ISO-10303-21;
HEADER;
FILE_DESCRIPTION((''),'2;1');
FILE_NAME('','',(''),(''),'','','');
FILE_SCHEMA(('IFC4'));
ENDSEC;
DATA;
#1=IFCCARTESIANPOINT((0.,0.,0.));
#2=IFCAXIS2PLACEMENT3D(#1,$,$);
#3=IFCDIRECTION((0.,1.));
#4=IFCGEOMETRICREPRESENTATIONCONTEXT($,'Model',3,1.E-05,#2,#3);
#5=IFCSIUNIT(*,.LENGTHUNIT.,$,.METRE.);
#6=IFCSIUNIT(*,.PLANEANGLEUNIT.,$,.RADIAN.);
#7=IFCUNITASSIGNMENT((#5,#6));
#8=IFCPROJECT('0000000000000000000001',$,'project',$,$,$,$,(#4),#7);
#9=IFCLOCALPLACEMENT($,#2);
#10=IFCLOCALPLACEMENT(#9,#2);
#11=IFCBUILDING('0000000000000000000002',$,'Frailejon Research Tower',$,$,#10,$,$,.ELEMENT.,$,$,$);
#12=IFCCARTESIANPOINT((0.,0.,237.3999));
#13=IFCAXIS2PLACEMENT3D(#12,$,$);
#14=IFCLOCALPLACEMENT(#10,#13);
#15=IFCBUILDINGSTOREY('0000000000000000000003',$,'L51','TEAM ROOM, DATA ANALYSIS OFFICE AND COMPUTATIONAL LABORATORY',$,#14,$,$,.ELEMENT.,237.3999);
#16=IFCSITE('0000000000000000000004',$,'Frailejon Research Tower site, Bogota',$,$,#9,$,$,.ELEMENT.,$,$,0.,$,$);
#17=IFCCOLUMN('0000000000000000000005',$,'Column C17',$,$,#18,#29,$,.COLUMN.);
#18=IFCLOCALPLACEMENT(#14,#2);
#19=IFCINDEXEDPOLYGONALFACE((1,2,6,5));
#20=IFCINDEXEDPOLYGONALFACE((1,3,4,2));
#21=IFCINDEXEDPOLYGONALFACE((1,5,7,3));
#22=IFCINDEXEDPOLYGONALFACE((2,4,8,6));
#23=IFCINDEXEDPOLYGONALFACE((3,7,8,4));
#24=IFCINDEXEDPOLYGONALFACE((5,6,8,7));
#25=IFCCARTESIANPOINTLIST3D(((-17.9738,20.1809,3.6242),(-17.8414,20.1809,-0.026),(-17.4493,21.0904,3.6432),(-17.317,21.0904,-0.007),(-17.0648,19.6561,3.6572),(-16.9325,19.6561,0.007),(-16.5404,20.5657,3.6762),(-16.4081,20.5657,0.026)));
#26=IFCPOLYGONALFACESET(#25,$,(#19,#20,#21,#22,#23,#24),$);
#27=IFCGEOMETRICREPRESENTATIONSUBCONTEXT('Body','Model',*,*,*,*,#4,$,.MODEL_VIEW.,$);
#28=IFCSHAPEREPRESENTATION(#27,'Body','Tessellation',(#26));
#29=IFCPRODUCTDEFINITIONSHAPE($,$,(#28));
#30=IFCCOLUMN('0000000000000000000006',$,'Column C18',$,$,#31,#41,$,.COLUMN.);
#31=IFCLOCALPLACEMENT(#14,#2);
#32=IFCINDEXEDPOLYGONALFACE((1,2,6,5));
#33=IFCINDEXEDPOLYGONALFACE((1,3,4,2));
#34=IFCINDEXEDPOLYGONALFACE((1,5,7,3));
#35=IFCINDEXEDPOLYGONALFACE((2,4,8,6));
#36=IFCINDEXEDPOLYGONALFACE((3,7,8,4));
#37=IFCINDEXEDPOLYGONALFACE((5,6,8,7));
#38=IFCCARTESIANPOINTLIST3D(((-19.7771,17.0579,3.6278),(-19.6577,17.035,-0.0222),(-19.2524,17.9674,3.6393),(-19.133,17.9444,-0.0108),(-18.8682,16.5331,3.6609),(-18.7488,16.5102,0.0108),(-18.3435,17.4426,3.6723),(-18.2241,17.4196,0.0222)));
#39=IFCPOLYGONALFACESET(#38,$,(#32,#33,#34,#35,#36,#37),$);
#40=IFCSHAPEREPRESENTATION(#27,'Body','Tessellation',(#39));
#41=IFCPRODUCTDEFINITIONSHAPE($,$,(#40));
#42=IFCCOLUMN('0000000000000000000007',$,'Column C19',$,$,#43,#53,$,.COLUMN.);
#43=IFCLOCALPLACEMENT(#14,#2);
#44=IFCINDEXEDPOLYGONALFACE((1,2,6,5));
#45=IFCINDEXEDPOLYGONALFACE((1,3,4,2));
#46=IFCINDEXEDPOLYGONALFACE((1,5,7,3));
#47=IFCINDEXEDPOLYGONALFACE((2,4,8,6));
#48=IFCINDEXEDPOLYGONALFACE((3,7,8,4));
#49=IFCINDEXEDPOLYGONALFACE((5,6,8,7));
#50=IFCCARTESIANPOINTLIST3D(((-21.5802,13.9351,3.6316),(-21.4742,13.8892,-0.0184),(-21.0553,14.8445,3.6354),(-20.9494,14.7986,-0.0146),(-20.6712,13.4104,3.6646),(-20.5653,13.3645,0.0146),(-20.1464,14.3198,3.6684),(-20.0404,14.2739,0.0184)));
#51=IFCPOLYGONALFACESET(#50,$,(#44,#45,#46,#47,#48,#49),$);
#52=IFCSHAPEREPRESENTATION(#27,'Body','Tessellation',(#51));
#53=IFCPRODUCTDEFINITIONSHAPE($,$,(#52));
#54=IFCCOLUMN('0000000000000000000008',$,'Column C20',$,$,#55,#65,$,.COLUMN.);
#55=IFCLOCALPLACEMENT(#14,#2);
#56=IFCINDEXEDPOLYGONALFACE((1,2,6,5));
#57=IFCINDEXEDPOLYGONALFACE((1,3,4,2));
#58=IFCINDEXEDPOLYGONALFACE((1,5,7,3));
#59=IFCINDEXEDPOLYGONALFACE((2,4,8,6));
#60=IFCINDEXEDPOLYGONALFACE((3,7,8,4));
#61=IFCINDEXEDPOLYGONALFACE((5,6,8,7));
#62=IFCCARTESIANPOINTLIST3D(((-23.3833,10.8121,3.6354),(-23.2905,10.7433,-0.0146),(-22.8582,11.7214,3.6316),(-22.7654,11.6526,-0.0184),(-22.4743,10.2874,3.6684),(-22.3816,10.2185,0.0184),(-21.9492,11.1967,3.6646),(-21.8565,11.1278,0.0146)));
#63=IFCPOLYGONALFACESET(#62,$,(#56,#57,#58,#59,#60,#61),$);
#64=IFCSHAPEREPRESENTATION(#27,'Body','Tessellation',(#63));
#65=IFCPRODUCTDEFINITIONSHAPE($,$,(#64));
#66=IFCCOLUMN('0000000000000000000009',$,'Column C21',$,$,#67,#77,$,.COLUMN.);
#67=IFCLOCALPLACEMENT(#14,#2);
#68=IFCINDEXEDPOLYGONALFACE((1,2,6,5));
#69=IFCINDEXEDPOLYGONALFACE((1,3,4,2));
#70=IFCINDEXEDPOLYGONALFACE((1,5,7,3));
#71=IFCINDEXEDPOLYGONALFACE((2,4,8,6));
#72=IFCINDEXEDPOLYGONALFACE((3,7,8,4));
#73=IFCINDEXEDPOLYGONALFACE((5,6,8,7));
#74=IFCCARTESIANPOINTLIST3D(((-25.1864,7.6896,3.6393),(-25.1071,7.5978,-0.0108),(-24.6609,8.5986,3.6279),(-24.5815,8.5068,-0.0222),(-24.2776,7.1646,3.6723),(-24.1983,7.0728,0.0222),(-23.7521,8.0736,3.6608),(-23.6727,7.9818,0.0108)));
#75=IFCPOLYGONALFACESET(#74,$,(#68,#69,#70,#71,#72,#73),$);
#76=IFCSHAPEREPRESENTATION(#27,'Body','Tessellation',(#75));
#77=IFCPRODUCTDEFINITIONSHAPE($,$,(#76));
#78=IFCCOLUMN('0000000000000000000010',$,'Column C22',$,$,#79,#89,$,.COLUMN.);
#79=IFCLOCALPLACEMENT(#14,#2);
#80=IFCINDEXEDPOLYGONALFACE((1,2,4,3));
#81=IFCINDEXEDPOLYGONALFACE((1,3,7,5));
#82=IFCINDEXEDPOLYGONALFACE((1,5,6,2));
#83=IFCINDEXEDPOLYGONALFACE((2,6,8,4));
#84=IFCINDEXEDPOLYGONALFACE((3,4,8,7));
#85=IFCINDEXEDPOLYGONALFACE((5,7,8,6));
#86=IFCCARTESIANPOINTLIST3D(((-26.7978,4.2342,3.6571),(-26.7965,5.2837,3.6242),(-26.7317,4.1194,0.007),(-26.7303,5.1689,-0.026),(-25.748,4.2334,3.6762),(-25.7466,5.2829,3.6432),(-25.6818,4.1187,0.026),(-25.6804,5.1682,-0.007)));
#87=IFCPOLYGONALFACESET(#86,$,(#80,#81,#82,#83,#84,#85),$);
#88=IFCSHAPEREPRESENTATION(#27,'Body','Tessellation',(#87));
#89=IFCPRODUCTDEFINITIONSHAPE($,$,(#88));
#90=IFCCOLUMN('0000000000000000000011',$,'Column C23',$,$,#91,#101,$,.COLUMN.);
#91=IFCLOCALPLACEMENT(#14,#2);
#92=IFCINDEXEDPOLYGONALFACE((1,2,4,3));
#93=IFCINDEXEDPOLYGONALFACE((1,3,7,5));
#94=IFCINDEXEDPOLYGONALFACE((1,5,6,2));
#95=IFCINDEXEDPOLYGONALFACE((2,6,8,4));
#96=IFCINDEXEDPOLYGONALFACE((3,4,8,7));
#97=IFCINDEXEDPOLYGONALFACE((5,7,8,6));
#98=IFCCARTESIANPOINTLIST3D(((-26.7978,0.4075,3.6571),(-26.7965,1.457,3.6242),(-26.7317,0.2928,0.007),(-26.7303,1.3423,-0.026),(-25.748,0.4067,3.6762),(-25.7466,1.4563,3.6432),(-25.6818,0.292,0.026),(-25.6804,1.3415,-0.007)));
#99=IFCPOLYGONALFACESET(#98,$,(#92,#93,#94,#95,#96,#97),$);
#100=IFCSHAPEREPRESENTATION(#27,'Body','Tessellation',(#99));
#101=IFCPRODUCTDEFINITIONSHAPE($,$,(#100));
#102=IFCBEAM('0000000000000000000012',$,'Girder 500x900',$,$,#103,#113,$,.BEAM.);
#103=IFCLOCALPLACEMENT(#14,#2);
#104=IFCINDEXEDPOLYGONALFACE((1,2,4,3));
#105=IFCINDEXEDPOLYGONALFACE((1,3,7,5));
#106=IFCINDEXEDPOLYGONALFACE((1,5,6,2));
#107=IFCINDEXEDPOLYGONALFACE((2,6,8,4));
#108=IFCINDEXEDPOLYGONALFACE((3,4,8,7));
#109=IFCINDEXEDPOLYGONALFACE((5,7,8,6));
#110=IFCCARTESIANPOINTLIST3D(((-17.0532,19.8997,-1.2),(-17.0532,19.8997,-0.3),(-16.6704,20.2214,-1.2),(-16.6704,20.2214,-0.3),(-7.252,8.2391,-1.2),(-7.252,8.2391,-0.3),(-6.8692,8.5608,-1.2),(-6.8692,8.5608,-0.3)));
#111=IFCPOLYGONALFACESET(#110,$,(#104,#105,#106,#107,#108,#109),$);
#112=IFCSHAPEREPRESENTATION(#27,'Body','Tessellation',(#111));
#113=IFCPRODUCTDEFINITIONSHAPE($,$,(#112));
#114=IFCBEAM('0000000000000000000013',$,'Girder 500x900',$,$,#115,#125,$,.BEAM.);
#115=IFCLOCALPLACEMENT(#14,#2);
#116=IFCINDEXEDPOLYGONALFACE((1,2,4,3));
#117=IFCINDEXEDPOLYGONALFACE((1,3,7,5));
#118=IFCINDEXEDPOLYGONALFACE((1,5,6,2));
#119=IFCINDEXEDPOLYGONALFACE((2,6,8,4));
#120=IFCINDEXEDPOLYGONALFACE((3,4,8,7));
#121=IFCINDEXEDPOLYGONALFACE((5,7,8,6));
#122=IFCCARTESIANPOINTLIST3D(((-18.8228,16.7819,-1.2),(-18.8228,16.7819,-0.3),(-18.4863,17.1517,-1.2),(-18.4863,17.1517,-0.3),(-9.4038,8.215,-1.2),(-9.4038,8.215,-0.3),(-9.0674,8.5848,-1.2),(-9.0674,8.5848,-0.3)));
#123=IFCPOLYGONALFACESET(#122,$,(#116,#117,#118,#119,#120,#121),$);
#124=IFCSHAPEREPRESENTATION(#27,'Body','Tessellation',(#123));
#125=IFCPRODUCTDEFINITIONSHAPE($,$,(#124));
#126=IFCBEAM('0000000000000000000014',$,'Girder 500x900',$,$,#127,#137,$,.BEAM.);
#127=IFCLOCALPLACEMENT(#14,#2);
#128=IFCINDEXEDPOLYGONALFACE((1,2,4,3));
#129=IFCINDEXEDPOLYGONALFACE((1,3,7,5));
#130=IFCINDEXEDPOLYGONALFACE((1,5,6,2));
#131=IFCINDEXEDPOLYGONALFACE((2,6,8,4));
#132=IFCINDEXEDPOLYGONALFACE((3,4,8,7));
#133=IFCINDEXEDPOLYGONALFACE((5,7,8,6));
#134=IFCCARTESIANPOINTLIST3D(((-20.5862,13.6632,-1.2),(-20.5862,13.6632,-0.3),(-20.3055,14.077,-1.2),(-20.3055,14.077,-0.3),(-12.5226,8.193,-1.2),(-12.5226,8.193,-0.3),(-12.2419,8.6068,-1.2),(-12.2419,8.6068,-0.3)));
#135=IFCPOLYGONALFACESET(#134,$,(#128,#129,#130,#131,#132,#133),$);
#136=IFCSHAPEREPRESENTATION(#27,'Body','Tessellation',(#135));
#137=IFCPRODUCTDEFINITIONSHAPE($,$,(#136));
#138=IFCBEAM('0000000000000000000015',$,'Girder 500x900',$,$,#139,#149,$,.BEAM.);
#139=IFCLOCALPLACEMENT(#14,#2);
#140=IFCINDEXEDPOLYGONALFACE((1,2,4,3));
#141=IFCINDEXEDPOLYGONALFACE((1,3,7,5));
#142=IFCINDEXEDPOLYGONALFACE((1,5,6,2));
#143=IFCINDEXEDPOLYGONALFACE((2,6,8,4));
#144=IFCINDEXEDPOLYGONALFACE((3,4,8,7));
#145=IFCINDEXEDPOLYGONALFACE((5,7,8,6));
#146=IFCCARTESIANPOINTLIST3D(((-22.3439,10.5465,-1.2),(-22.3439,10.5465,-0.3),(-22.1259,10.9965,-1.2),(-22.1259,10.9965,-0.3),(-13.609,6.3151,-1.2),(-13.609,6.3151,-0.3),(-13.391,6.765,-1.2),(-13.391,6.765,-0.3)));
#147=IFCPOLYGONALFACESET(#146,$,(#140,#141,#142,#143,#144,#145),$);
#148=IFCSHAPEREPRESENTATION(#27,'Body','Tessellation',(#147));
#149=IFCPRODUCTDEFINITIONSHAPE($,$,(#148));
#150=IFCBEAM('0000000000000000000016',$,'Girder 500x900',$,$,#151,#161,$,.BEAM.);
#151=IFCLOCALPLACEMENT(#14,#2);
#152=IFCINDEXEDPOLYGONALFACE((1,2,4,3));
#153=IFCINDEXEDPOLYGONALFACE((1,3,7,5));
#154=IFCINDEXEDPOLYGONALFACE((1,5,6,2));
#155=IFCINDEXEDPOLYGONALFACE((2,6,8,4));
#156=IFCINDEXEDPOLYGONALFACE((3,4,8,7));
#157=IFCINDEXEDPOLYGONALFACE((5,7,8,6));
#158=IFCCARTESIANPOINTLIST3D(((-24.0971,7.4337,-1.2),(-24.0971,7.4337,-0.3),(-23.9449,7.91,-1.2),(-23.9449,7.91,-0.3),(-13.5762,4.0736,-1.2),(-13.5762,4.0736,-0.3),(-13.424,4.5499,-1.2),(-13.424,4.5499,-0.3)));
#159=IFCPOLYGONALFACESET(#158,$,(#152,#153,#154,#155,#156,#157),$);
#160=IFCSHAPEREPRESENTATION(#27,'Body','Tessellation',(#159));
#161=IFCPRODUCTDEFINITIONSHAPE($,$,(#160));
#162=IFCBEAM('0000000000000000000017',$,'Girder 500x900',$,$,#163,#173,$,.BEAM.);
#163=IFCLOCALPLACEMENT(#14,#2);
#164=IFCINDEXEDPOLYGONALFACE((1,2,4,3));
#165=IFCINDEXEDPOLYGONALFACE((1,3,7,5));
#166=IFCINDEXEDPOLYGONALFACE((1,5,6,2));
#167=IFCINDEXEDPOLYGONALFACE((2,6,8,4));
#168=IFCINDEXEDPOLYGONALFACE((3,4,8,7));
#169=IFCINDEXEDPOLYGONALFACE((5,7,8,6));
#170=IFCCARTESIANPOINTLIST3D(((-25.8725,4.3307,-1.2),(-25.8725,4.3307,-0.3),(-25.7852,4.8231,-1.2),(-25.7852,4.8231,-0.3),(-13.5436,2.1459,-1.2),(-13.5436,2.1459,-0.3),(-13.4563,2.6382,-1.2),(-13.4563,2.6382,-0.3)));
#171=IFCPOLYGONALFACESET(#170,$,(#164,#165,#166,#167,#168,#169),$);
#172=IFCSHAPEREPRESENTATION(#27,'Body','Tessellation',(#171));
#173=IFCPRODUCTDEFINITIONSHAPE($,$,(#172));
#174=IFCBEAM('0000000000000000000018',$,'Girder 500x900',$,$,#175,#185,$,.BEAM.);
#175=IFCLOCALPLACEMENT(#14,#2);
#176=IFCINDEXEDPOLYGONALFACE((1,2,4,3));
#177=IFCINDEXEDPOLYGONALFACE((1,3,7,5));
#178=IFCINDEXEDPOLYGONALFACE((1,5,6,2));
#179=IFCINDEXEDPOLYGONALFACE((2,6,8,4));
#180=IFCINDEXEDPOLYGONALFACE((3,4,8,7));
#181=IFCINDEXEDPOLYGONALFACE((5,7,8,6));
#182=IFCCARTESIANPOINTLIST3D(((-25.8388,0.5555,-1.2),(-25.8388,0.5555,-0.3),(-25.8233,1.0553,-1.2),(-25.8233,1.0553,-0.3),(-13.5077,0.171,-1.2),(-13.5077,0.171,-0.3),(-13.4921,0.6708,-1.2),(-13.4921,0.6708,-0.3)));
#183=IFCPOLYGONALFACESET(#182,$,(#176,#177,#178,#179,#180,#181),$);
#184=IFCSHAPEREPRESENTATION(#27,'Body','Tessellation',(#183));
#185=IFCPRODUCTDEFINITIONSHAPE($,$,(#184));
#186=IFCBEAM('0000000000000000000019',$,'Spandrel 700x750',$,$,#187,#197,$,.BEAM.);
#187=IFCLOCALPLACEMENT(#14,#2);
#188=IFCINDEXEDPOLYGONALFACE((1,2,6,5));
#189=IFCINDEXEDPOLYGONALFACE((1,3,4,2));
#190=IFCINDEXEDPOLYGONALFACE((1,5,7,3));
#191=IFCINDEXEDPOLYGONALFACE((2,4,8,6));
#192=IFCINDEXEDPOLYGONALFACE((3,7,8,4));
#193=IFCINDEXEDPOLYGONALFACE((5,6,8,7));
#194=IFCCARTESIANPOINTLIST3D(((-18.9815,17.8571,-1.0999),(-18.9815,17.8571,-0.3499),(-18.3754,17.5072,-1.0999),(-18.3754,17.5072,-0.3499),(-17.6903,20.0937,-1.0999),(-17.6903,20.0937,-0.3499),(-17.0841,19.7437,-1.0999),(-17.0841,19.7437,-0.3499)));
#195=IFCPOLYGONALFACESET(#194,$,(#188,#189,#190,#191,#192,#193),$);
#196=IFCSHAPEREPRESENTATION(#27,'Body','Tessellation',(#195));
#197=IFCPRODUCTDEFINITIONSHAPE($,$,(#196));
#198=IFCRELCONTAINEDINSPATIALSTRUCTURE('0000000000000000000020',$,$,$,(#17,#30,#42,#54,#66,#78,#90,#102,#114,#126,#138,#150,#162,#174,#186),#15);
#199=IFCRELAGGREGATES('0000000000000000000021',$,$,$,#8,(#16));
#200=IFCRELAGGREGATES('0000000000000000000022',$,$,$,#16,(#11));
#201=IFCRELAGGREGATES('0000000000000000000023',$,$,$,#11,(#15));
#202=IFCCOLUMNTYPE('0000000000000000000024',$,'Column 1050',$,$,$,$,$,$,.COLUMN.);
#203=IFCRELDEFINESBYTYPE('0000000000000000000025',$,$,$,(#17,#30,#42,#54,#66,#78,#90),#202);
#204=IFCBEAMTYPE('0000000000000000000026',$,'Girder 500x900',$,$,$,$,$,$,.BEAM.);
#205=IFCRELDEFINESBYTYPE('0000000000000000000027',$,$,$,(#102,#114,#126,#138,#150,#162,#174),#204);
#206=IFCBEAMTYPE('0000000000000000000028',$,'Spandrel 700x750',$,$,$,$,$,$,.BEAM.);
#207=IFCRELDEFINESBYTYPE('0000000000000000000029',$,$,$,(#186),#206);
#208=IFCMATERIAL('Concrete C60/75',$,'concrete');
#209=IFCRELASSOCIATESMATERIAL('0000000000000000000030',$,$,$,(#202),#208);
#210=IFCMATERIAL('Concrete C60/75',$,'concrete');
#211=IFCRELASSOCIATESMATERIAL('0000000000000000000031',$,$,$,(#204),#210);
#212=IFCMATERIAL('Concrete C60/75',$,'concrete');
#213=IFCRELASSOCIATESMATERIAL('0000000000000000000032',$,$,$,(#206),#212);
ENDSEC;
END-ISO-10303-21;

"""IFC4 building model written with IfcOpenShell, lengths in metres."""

from ifc_helpers import new_model, si_unit, direction, frame, origin, origin_2d, place, context, subcontext, project, spatial, rectangle, extrude, material, material_profile, profile_set, type_object, element, save


model = new_model("IFC4")

# Units and contexts
model_context = context("Model", 3, precision=1e-05, world=origin(), true_north=direction((0.0, 1.0)))
body_context = subcontext(model_context, "Body", "Model", "MODEL_VIEW")
ifc_project = project(units=[si_unit("LENGTHUNIT", "METRE"), si_unit("PLANEANGLEUNIT", "RADIAN")], contexts=[model_context])

# Site, building, storey
site_placement = place(None, origin())
site = spatial("IfcSite", under=ifc_project, at=site_placement, Name="Frailejon Research Tower site, Bogota", CompositionType="ELEMENT", RefElevation=0.0)
building_placement = place(site_placement, origin())
building = spatial("IfcBuilding", under=site, at=building_placement, Name="Frailejon Research Tower", CompositionType="ELEMENT")
storey_placement = place(building_placement, frame((0.0, 0.0, 237.3999)))
storey = spatial("IfcBuildingStorey", under=building, at=storey_placement, Name="L51", Description="TEAM ROOM, DATA ANALYSIS OFFICE AND COMPUTATIONAL LABORATORY", CompositionType="ELEMENT", Elevation=237.3999)

# Columns
ifc_material_1 = material(Name="Concrete C60/75", Category="concrete")
ifc_material_profile_1 = material_profile(ifc_material_1, rectangle(XDim=1.05, YDim=1.05, at=origin_2d()), Name="Column 1050")
ifc_profile_set_1 = profile_set([ifc_material_profile_1], Name="Concrete C60/75")
column_type = type_object("IfcColumnType", Name="Column 1050", PredefinedType="COLUMN", material=ifc_profile_set_1)
column_1_placement = place(storey_placement, frame((-17.1248, 20.3733, 0.0), z_axis=(-0.036228, 0.0, 0.999344), x_axis=(-0.499426, -0.866168, -0.018105)))
element("IfcColumn", 1, at=column_1_placement, inside=storey, type_object=column_type, Name="Column C17", PredefinedType="COLUMN", context=body_context, shape_type="SweptSolid", body=[
    extrude(rectangle(XDim=1.05, YDim=1.05, at=origin_2d()), origin(), (0.0, 0.0, 1.0), 3.6526),
])
column_2_placement = place(storey_placement, frame((-18.9409, 17.2273, 0.0), z_axis=(-0.032689, 0.006284, 0.999446), x_axis=(-0.499707, -0.866126, -0.010898)))
element("IfcColumn", 2, at=column_2_placement, inside=storey, type_object=column_type, Name="Column C18", PredefinedType="COLUMN", context=body_context, shape_type="SweptSolid", body=[
    extrude(rectangle(XDim=1.05, YDim=1.05, at=origin_2d()), origin(), (0.0, 0.0, 1.0), 3.6521),
])
for number, where, z_axis, x_axis, name in (
    (3, (-20.7573, 14.0815, 0.0), (-0.029014, 0.012568, 0.9995), (-0.499849, -0.866105, -0.003619), "Column C19"),
    (4, (-22.5735, 10.9355, 0.0), (-0.025404, 0.018852, 0.9995), (-0.500084, -0.865969, 0.003623), "Column C20"),
):
    element("IfcColumn", number, at=place(storey_placement, frame(where, z_axis=z_axis, x_axis=x_axis)), inside=storey, type_object=column_type, Name=name, PredefinedType="COLUMN", context=body_context, shape_type="SweptSolid", body=[
        extrude(rectangle(XDim=1.05, YDim=1.05, at=origin_2d()), origin(), (0.0, 0.0, 1.0), 3.6519),
    ])
column_3_placement = place(storey_placement, frame((-24.3899, 7.7898, 0.0), z_axis=(-0.021726, 0.025135, 0.999448), x_axis=(-0.500489, -0.865674, 0.010891)))
element("IfcColumn", 5, at=column_3_placement, inside=storey, type_object=column_type, Name="Column C21", PredefinedType="COLUMN", context=body_context, shape_type="SweptSolid", body=[
    extrude(rectangle(XDim=1.05, YDim=1.05, at=origin_2d()), origin(), (0.0, 0.0, 1.0), 3.6521),
])
for number, where, z_axis, x_axis, name in (
    (6, (-26.2061, 4.6438, 0.0), (-0.018114, 0.031415, 0.999342), (-0.001297, -0.999506, 0.031397), "Column C22"),
    (7, (-26.2061, 0.8171, 0.0), (-0.018114, 0.031415, 0.999342), (-0.001297, -0.999506, 0.031397), "Column C23"),
):
    element("IfcColumn", number, at=place(storey_placement, frame(where, z_axis=z_axis, x_axis=x_axis)), inside=storey, type_object=column_type, Name=name, PredefinedType="COLUMN", context=body_context, shape_type="SweptSolid", body=[
        extrude(rectangle(XDim=1.05, YDim=1.05, at=origin_2d()), origin(), (0.0, 0.0, 1.0), 3.6526),
    ])

# Beams
ifc_material_2 = material(Name="Concrete C60/75", Category="concrete")
ifc_material_profile_2 = material_profile(ifc_material_2, rectangle(XDim=0.5, YDim=0.8999, at=origin_2d()), Name="Girder 500x900")
ifc_profile_set_2 = profile_set([ifc_material_profile_2], Name="Concrete C60/75")
beam_type_1 = type_object("IfcBeamType", Name="Girder 500x900", PredefinedType="BEAM", material=ifc_profile_set_2)
beam_1_placement = place(storey_placement, frame((-16.8618, 20.0605, -0.75), z_axis=(0.643436, -0.7655, 0.0), x_axis=(0.7655, 0.643436, 0.0)))
element("IfcBeam", 8, at=beam_1_placement, inside=storey, type_object=beam_type_1, Name="Girder 500x900", PredefinedType="BEAM", context=body_context, shape_type="SweptSolid", body=[
    extrude(rectangle(XDim=0.5, YDim=0.8999, at=origin_2d()), origin(), (0.0, 0.0, 1.0), 15.2327),
])
beam_2_placement = place(storey_placement, frame((-18.6545, 16.9668, -0.75), z_axis=(0.739775, -0.672854, 0.0), x_axis=(0.672854, 0.739775, 0.0)))
element("IfcBeam", 9, at=beam_2_placement, inside=storey, type_object=beam_type_1, Name="Girder 500x900", PredefinedType="BEAM", context=body_context, shape_type="SweptSolid", body=[
    extrude(rectangle(XDim=0.5, YDim=0.8999, at=origin_2d()), origin(), (0.0, 0.0, 1.0), 12.7322),
])
beam_3_placement = place(storey_placement, frame((-20.4458, 13.8701, -0.75), z_axis=(0.827544, -0.561401, 0.0), x_axis=(0.561401, 0.827544, 0.0)))
element("IfcBeam", 10, at=beam_3_placement, inside=storey, type_object=beam_type_1, Name="Girder 500x900", PredefinedType="BEAM", context=body_context, shape_type="SweptSolid", body=[
    extrude(rectangle(XDim=0.5, YDim=0.8999, at=origin_2d()), origin(), (0.0, 0.0, 1.0), 9.7439),
])
beam_4_placement = place(storey_placement, frame((-22.2349, 10.7715, -0.75), z_axis=(0.899961, -0.43597, 0.0), x_axis=(0.43597, 0.899961, 0.0)))
element("IfcBeam", 11, at=beam_4_placement, inside=storey, type_object=beam_type_1, Name="Girder 500x900", PredefinedType="BEAM", context=body_context, shape_type="SweptSolid", body=[
    extrude(rectangle(XDim=0.5, YDim=0.8999, at=origin_2d()), origin(), (0.0, 0.0, 1.0), 9.7058),
])
beam_5_placement = place(storey_placement, frame((-24.021, 7.6719, -0.75), z_axis=(0.952598, -0.304233, 0.0), x_axis=(0.304233, 0.952598, 0.0)))
element("IfcBeam", 12, at=beam_5_placement, inside=storey, type_object=beam_type_1, Name="Girder 500x900", PredefinedType="BEAM", context=body_context, shape_type="SweptSolid", body=[
    extrude(rectangle(XDim=0.5, YDim=0.8999, at=origin_2d()), origin(), (0.0, 0.0, 1.0), 11.0444),
])
beam_6_placement = place(storey_placement, frame((-25.8289, 4.5769, -0.75), z_axis=(0.984658, -0.174493, 0.0), x_axis=(0.174493, 0.984658, 0.0)))
element("IfcBeam", 13, at=beam_6_placement, inside=storey, type_object=beam_type_1, Name="Girder 500x900", PredefinedType="BEAM", context=body_context, shape_type="SweptSolid", body=[
    extrude(rectangle(XDim=0.5, YDim=0.8999, at=origin_2d()), origin(), (0.0, 0.0, 1.0), 12.521),
])
beam_7_placement = place(storey_placement, frame((-25.8311, 0.8054, -0.75), z_axis=(0.999514, -0.031168, 0.0), x_axis=(0.031168, 0.999514, 0.0)))
element("IfcBeam", 14, at=beam_7_placement, inside=storey, type_object=beam_type_1, Name="Girder 500x900", PredefinedType="BEAM", context=body_context, shape_type="SweptSolid", body=[
    extrude(rectangle(XDim=0.5, YDim=0.8999, at=origin_2d()), origin(), (0.0, 0.0, 1.0), 12.3372),
])
ifc_material_3 = material(Name="Concrete C60/75", Category="concrete")
ifc_material_profile_3 = material_profile(ifc_material_3, rectangle(XDim=0.7, YDim=0.75, at=origin_2d()), Name="Spandrel 700x750")
ifc_profile_set_3 = profile_set([ifc_material_profile_3], Name="Concrete C60/75")
beam_type_2 = type_object("IfcBeamType", Name="Spandrel 700x750", PredefinedType="BEAM", material=ifc_profile_set_3)
for number, where, z_axis, x_axis, name in (
    (15, (-17.3872, 19.9187, -0.7249), (-0.499992, -0.86603, 0.0), (0.86603, -0.499992, 0.0), "Spandrel 700x750"),
):
    element("IfcBeam", number, at=place(storey_placement, frame(where, z_axis=z_axis, x_axis=x_axis)), inside=storey, type_object=beam_type_2, Name=name, PredefinedType="BEAM", context=body_context, shape_type="SweptSolid", body=[
        extrude(rectangle(XDim=0.7, YDim=0.75, at=origin_2d()), origin(), (0.0, 0.0, 1.0), 2.5825),
    ])

save(model, "model.ifc")
